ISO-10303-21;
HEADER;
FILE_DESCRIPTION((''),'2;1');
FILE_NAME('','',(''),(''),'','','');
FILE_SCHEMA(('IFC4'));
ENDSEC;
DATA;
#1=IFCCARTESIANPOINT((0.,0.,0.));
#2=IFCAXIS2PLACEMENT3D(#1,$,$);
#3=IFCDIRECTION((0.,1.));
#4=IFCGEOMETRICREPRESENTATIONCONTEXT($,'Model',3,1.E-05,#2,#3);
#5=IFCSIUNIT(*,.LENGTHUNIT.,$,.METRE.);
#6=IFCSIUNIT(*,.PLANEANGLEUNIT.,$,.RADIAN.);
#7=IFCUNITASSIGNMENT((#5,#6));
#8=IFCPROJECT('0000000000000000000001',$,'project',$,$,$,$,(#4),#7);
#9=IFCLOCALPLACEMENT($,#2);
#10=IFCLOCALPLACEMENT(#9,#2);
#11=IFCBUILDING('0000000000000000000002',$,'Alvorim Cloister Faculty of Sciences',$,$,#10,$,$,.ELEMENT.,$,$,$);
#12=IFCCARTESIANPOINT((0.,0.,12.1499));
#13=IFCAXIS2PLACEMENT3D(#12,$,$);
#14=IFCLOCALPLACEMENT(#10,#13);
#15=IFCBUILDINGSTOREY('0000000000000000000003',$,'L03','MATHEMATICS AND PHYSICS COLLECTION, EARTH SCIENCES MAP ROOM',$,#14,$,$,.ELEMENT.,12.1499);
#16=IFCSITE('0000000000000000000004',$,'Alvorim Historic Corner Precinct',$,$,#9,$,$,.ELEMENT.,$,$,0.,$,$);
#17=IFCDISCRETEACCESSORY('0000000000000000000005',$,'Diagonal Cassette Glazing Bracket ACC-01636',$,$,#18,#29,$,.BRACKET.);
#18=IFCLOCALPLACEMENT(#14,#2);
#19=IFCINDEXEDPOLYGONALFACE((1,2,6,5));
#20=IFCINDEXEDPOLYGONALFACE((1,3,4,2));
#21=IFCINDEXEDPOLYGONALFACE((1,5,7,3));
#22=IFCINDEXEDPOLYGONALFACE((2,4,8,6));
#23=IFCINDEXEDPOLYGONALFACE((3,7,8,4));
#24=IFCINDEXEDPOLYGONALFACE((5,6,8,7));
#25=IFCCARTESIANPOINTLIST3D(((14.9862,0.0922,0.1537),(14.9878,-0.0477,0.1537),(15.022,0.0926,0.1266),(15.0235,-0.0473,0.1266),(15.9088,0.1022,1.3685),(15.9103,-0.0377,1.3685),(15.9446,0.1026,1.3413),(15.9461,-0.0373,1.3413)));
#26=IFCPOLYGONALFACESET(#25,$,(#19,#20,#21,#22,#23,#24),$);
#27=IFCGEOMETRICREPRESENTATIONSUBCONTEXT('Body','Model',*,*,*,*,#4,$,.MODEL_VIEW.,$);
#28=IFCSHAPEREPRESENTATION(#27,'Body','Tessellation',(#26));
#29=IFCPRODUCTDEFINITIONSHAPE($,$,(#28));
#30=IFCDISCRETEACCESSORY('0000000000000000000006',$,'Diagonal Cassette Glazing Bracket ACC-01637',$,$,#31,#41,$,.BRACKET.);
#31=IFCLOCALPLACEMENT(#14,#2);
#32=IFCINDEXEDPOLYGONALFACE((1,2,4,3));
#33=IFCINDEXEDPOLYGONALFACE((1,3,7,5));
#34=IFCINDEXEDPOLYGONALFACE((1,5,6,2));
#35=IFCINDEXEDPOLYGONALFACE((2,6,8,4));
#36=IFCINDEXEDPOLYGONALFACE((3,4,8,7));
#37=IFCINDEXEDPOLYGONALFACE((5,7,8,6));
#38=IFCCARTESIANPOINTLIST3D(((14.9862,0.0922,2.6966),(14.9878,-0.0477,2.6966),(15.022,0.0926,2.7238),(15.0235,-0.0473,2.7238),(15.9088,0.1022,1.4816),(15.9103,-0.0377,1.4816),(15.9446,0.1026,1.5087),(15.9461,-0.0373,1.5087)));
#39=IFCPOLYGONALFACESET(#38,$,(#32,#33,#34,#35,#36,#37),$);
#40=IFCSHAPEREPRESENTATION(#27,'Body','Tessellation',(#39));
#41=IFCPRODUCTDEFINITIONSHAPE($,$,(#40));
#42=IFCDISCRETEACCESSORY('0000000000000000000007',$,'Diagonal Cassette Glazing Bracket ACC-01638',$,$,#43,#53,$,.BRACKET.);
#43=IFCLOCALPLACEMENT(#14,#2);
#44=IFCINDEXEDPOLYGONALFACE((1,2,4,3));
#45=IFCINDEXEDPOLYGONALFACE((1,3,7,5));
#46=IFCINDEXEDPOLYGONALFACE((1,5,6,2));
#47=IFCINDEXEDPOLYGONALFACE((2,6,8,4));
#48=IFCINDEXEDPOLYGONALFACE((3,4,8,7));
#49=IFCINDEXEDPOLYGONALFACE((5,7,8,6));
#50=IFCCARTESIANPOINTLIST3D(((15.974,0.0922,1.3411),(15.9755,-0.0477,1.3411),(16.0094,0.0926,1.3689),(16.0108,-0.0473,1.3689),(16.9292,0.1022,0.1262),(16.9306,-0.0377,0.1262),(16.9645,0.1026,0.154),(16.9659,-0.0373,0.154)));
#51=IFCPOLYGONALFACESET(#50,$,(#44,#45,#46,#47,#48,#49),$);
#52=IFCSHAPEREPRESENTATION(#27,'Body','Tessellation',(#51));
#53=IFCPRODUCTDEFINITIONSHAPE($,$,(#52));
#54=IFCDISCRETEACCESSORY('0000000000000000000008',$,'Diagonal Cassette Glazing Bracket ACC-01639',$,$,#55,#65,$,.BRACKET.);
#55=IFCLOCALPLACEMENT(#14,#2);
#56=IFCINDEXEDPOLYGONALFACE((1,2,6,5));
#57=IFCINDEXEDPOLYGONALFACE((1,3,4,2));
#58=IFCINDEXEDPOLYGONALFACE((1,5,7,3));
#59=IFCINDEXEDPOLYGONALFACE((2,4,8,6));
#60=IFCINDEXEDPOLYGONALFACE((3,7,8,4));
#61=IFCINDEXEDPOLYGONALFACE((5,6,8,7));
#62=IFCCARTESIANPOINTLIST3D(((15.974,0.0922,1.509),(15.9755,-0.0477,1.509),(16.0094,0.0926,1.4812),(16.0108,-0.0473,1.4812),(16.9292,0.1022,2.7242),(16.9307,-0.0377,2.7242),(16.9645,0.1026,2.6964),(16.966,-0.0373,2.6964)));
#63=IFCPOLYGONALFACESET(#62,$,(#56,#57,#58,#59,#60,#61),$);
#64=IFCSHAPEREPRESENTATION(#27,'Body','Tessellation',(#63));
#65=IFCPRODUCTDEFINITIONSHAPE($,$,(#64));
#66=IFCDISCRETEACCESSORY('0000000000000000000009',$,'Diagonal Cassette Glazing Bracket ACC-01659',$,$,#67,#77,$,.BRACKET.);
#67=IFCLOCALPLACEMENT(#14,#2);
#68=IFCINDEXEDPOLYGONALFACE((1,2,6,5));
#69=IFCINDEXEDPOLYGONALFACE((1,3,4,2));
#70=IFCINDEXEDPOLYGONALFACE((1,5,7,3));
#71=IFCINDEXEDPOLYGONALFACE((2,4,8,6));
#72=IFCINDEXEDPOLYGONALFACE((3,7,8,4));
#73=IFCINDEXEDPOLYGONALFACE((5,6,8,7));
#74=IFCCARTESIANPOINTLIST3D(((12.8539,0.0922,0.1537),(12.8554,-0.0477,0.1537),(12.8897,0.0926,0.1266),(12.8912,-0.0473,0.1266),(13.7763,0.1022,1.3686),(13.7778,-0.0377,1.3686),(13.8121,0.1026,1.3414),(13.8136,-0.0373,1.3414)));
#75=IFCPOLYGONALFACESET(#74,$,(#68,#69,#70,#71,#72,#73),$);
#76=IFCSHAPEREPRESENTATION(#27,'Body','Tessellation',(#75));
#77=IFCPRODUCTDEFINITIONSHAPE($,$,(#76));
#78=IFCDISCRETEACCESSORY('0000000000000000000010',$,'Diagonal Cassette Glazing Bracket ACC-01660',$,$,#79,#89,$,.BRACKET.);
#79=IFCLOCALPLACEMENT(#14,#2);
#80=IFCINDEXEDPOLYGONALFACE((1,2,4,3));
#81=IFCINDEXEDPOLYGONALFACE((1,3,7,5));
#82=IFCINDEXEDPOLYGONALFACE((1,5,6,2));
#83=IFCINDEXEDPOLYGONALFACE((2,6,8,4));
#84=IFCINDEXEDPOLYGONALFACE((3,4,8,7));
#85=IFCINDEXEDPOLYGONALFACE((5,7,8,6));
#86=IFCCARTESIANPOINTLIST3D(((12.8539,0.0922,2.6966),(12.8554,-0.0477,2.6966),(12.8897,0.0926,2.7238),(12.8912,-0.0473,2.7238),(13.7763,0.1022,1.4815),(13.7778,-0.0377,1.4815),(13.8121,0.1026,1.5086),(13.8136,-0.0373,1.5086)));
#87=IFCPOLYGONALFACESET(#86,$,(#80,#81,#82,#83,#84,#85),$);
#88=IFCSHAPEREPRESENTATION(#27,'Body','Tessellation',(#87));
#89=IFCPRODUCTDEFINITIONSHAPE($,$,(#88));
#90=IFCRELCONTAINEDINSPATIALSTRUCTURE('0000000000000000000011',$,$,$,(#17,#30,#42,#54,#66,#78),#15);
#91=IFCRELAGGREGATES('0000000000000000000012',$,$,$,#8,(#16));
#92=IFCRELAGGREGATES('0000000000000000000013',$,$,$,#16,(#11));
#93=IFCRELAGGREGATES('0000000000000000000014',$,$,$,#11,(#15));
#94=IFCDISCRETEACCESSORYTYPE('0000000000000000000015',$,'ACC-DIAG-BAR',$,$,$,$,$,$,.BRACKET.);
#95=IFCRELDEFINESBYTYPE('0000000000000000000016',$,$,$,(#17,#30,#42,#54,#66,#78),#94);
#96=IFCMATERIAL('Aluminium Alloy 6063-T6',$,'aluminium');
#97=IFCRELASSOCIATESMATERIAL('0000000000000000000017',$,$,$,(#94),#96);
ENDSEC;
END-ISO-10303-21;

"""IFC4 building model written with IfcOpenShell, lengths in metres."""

from ifc_helpers import new_model, si_unit, direction, frame, origin, origin_2d, place, context, subcontext, project, spatial, rectangle, extrude, material, type_object, element, save


model = new_model("IFC4")

# Units and contexts
model_context = context("Model", 3, precision=1e-05, world=origin(), true_north=direction((0.0, 1.0)))
body_context = subcontext(model_context, "Body", "Model", "MODEL_VIEW")
ifc_project = project(units=[si_unit("LENGTHUNIT", "METRE"), si_unit("PLANEANGLEUNIT", "RADIAN")], contexts=[model_context])

# Site, building, storey
site_placement = place(None, origin())
site = spatial("IfcSite", under=ifc_project, at=site_placement, Name="Alvorim Historic Corner Precinct", CompositionType="ELEMENT", RefElevation=0.0)
building_placement = place(site_placement, origin())
building = spatial("IfcBuilding", under=site, at=building_placement, Name="Alvorim Cloister Faculty of Sciences", CompositionType="ELEMENT")
storey_placement = place(building_placement, frame((0.0, 0.0, 12.1499)))
storey = spatial("IfcBuildingStorey", under=building, at=storey_placement, Name="L03", Description="MATHEMATICS AND PHYSICS COLLECTION, EARTH SCIENCES MAP ROOM", CompositionType="ELEMENT", Elevation=12.1499)

# Shared definitions
ifc_material_1 = material(Name="Aluminium Alloy 6063-T6", Category="aluminium")

# Discrete accessories
discrete_accessory_type = type_object("IfcDiscreteAccessoryType", Name="ACC-DIAG-BAR", PredefinedType="BRACKET", material=ifc_material_1)
discrete_accessory_1_placement = place(storey_placement, frame((15.0049, 0.0225, 0.1401), z_axis=(0.60479, 0.006562, 0.796358), x_axis=(-0.010849, 0.999941, 0.0)))
element("IfcDiscreteAccessory", 1, at=discrete_accessory_1_placement, inside=storey, type_object=discrete_accessory_type, Name="Diagonal Cassette Glazing Bracket ACC-01636", PredefinedType="BRACKET", context=body_context, shape_type="SweptSolid", body=[
    extrude(rectangle(XDim=0.1399, YDim=0.0449, at=origin_2d()), origin(), (0.0, 0.0, 1.0), 1.5254),
])
discrete_accessory_2_placement = place(storey_placement, frame((15.0049, 0.0225, 2.7102), z_axis=(0.604713, 0.006561, -0.796416), x_axis=(-0.010849, 0.999941, 0.0)))
element("IfcDiscreteAccessory", 2, at=discrete_accessory_2_placement, inside=storey, type_object=discrete_accessory_type, Name="Diagonal Cassette Glazing Bracket ACC-01637", PredefinedType="BRACKET", context=body_context, shape_type="SweptSolid", body=[
    extrude(rectangle(XDim=0.1399, YDim=0.0449, at=origin_2d()), origin(), (0.0, 0.0, 1.0), 1.5256),
])
discrete_accessory_3_placement = place(storey_placement, frame((15.9924, 0.0225, 1.355), z_axis=(0.618032, 0.006477, -0.786126), x_axis=(-0.01048, 0.999945, 0.0)))
element("IfcDiscreteAccessory", 3, at=discrete_accessory_3_placement, inside=storey, type_object=discrete_accessory_type, Name="Diagonal Cassette Glazing Bracket ACC-01638", PredefinedType="BRACKET", context=body_context, shape_type="SweptSolid", body=[
    extrude(rectangle(XDim=0.1399, YDim=0.0449, at=origin_2d()), origin(), (0.0, 0.0, 1.0), 1.5454),
])
discrete_accessory_4_placement = place(storey_placement, frame((15.9924, 0.0225, 1.4951), z_axis=(0.617955, 0.006477, 0.786187), x_axis=(-0.01048, 0.999945, 0.0)))
element("IfcDiscreteAccessory", 4, at=discrete_accessory_4_placement, inside=storey, type_object=discrete_accessory_type, Name="Diagonal Cassette Glazing Bracket ACC-01639", PredefinedType="BRACKET", context=body_context, shape_type="SweptSolid", body=[
    extrude(rectangle(XDim=0.1399, YDim=0.0449, at=origin_2d()), origin(), (0.0, 0.0, 1.0), 1.5457),
])
discrete_accessory_5_placement = place(storey_placement, frame((12.8726, 0.0225, 0.1401), z_axis=(0.604689, 0.006562, 0.796435), x_axis=(-0.010852, 0.999941, 0.0)))
element("IfcDiscreteAccessory", 5, at=discrete_accessory_5_placement, inside=storey, type_object=discrete_accessory_type, Name="Diagonal Cassette Glazing Bracket ACC-01659", PredefinedType="BRACKET", context=body_context, shape_type="SweptSolid", body=[
    extrude(rectangle(XDim=0.1399, YDim=0.0449, at=origin_2d()), origin(), (0.0, 0.0, 1.0), 1.5254),
])
discrete_accessory_6_placement = place(storey_placement, frame((12.8726, 0.0225, 2.7102), z_axis=(0.604612, 0.006561, -0.796493), x_axis=(-0.010852, 0.999941, 0.0)))
element("IfcDiscreteAccessory", 6, at=discrete_accessory_6_placement, inside=storey, type_object=discrete_accessory_type, Name="Diagonal Cassette Glazing Bracket ACC-01660", PredefinedType="BRACKET", context=body_context, shape_type="SweptSolid", body=[
    extrude(rectangle(XDim=0.1399, YDim=0.0449, at=origin_2d()), origin(), (0.0, 0.0, 1.0), 1.5256),
])

save(model, "model.ifc")
